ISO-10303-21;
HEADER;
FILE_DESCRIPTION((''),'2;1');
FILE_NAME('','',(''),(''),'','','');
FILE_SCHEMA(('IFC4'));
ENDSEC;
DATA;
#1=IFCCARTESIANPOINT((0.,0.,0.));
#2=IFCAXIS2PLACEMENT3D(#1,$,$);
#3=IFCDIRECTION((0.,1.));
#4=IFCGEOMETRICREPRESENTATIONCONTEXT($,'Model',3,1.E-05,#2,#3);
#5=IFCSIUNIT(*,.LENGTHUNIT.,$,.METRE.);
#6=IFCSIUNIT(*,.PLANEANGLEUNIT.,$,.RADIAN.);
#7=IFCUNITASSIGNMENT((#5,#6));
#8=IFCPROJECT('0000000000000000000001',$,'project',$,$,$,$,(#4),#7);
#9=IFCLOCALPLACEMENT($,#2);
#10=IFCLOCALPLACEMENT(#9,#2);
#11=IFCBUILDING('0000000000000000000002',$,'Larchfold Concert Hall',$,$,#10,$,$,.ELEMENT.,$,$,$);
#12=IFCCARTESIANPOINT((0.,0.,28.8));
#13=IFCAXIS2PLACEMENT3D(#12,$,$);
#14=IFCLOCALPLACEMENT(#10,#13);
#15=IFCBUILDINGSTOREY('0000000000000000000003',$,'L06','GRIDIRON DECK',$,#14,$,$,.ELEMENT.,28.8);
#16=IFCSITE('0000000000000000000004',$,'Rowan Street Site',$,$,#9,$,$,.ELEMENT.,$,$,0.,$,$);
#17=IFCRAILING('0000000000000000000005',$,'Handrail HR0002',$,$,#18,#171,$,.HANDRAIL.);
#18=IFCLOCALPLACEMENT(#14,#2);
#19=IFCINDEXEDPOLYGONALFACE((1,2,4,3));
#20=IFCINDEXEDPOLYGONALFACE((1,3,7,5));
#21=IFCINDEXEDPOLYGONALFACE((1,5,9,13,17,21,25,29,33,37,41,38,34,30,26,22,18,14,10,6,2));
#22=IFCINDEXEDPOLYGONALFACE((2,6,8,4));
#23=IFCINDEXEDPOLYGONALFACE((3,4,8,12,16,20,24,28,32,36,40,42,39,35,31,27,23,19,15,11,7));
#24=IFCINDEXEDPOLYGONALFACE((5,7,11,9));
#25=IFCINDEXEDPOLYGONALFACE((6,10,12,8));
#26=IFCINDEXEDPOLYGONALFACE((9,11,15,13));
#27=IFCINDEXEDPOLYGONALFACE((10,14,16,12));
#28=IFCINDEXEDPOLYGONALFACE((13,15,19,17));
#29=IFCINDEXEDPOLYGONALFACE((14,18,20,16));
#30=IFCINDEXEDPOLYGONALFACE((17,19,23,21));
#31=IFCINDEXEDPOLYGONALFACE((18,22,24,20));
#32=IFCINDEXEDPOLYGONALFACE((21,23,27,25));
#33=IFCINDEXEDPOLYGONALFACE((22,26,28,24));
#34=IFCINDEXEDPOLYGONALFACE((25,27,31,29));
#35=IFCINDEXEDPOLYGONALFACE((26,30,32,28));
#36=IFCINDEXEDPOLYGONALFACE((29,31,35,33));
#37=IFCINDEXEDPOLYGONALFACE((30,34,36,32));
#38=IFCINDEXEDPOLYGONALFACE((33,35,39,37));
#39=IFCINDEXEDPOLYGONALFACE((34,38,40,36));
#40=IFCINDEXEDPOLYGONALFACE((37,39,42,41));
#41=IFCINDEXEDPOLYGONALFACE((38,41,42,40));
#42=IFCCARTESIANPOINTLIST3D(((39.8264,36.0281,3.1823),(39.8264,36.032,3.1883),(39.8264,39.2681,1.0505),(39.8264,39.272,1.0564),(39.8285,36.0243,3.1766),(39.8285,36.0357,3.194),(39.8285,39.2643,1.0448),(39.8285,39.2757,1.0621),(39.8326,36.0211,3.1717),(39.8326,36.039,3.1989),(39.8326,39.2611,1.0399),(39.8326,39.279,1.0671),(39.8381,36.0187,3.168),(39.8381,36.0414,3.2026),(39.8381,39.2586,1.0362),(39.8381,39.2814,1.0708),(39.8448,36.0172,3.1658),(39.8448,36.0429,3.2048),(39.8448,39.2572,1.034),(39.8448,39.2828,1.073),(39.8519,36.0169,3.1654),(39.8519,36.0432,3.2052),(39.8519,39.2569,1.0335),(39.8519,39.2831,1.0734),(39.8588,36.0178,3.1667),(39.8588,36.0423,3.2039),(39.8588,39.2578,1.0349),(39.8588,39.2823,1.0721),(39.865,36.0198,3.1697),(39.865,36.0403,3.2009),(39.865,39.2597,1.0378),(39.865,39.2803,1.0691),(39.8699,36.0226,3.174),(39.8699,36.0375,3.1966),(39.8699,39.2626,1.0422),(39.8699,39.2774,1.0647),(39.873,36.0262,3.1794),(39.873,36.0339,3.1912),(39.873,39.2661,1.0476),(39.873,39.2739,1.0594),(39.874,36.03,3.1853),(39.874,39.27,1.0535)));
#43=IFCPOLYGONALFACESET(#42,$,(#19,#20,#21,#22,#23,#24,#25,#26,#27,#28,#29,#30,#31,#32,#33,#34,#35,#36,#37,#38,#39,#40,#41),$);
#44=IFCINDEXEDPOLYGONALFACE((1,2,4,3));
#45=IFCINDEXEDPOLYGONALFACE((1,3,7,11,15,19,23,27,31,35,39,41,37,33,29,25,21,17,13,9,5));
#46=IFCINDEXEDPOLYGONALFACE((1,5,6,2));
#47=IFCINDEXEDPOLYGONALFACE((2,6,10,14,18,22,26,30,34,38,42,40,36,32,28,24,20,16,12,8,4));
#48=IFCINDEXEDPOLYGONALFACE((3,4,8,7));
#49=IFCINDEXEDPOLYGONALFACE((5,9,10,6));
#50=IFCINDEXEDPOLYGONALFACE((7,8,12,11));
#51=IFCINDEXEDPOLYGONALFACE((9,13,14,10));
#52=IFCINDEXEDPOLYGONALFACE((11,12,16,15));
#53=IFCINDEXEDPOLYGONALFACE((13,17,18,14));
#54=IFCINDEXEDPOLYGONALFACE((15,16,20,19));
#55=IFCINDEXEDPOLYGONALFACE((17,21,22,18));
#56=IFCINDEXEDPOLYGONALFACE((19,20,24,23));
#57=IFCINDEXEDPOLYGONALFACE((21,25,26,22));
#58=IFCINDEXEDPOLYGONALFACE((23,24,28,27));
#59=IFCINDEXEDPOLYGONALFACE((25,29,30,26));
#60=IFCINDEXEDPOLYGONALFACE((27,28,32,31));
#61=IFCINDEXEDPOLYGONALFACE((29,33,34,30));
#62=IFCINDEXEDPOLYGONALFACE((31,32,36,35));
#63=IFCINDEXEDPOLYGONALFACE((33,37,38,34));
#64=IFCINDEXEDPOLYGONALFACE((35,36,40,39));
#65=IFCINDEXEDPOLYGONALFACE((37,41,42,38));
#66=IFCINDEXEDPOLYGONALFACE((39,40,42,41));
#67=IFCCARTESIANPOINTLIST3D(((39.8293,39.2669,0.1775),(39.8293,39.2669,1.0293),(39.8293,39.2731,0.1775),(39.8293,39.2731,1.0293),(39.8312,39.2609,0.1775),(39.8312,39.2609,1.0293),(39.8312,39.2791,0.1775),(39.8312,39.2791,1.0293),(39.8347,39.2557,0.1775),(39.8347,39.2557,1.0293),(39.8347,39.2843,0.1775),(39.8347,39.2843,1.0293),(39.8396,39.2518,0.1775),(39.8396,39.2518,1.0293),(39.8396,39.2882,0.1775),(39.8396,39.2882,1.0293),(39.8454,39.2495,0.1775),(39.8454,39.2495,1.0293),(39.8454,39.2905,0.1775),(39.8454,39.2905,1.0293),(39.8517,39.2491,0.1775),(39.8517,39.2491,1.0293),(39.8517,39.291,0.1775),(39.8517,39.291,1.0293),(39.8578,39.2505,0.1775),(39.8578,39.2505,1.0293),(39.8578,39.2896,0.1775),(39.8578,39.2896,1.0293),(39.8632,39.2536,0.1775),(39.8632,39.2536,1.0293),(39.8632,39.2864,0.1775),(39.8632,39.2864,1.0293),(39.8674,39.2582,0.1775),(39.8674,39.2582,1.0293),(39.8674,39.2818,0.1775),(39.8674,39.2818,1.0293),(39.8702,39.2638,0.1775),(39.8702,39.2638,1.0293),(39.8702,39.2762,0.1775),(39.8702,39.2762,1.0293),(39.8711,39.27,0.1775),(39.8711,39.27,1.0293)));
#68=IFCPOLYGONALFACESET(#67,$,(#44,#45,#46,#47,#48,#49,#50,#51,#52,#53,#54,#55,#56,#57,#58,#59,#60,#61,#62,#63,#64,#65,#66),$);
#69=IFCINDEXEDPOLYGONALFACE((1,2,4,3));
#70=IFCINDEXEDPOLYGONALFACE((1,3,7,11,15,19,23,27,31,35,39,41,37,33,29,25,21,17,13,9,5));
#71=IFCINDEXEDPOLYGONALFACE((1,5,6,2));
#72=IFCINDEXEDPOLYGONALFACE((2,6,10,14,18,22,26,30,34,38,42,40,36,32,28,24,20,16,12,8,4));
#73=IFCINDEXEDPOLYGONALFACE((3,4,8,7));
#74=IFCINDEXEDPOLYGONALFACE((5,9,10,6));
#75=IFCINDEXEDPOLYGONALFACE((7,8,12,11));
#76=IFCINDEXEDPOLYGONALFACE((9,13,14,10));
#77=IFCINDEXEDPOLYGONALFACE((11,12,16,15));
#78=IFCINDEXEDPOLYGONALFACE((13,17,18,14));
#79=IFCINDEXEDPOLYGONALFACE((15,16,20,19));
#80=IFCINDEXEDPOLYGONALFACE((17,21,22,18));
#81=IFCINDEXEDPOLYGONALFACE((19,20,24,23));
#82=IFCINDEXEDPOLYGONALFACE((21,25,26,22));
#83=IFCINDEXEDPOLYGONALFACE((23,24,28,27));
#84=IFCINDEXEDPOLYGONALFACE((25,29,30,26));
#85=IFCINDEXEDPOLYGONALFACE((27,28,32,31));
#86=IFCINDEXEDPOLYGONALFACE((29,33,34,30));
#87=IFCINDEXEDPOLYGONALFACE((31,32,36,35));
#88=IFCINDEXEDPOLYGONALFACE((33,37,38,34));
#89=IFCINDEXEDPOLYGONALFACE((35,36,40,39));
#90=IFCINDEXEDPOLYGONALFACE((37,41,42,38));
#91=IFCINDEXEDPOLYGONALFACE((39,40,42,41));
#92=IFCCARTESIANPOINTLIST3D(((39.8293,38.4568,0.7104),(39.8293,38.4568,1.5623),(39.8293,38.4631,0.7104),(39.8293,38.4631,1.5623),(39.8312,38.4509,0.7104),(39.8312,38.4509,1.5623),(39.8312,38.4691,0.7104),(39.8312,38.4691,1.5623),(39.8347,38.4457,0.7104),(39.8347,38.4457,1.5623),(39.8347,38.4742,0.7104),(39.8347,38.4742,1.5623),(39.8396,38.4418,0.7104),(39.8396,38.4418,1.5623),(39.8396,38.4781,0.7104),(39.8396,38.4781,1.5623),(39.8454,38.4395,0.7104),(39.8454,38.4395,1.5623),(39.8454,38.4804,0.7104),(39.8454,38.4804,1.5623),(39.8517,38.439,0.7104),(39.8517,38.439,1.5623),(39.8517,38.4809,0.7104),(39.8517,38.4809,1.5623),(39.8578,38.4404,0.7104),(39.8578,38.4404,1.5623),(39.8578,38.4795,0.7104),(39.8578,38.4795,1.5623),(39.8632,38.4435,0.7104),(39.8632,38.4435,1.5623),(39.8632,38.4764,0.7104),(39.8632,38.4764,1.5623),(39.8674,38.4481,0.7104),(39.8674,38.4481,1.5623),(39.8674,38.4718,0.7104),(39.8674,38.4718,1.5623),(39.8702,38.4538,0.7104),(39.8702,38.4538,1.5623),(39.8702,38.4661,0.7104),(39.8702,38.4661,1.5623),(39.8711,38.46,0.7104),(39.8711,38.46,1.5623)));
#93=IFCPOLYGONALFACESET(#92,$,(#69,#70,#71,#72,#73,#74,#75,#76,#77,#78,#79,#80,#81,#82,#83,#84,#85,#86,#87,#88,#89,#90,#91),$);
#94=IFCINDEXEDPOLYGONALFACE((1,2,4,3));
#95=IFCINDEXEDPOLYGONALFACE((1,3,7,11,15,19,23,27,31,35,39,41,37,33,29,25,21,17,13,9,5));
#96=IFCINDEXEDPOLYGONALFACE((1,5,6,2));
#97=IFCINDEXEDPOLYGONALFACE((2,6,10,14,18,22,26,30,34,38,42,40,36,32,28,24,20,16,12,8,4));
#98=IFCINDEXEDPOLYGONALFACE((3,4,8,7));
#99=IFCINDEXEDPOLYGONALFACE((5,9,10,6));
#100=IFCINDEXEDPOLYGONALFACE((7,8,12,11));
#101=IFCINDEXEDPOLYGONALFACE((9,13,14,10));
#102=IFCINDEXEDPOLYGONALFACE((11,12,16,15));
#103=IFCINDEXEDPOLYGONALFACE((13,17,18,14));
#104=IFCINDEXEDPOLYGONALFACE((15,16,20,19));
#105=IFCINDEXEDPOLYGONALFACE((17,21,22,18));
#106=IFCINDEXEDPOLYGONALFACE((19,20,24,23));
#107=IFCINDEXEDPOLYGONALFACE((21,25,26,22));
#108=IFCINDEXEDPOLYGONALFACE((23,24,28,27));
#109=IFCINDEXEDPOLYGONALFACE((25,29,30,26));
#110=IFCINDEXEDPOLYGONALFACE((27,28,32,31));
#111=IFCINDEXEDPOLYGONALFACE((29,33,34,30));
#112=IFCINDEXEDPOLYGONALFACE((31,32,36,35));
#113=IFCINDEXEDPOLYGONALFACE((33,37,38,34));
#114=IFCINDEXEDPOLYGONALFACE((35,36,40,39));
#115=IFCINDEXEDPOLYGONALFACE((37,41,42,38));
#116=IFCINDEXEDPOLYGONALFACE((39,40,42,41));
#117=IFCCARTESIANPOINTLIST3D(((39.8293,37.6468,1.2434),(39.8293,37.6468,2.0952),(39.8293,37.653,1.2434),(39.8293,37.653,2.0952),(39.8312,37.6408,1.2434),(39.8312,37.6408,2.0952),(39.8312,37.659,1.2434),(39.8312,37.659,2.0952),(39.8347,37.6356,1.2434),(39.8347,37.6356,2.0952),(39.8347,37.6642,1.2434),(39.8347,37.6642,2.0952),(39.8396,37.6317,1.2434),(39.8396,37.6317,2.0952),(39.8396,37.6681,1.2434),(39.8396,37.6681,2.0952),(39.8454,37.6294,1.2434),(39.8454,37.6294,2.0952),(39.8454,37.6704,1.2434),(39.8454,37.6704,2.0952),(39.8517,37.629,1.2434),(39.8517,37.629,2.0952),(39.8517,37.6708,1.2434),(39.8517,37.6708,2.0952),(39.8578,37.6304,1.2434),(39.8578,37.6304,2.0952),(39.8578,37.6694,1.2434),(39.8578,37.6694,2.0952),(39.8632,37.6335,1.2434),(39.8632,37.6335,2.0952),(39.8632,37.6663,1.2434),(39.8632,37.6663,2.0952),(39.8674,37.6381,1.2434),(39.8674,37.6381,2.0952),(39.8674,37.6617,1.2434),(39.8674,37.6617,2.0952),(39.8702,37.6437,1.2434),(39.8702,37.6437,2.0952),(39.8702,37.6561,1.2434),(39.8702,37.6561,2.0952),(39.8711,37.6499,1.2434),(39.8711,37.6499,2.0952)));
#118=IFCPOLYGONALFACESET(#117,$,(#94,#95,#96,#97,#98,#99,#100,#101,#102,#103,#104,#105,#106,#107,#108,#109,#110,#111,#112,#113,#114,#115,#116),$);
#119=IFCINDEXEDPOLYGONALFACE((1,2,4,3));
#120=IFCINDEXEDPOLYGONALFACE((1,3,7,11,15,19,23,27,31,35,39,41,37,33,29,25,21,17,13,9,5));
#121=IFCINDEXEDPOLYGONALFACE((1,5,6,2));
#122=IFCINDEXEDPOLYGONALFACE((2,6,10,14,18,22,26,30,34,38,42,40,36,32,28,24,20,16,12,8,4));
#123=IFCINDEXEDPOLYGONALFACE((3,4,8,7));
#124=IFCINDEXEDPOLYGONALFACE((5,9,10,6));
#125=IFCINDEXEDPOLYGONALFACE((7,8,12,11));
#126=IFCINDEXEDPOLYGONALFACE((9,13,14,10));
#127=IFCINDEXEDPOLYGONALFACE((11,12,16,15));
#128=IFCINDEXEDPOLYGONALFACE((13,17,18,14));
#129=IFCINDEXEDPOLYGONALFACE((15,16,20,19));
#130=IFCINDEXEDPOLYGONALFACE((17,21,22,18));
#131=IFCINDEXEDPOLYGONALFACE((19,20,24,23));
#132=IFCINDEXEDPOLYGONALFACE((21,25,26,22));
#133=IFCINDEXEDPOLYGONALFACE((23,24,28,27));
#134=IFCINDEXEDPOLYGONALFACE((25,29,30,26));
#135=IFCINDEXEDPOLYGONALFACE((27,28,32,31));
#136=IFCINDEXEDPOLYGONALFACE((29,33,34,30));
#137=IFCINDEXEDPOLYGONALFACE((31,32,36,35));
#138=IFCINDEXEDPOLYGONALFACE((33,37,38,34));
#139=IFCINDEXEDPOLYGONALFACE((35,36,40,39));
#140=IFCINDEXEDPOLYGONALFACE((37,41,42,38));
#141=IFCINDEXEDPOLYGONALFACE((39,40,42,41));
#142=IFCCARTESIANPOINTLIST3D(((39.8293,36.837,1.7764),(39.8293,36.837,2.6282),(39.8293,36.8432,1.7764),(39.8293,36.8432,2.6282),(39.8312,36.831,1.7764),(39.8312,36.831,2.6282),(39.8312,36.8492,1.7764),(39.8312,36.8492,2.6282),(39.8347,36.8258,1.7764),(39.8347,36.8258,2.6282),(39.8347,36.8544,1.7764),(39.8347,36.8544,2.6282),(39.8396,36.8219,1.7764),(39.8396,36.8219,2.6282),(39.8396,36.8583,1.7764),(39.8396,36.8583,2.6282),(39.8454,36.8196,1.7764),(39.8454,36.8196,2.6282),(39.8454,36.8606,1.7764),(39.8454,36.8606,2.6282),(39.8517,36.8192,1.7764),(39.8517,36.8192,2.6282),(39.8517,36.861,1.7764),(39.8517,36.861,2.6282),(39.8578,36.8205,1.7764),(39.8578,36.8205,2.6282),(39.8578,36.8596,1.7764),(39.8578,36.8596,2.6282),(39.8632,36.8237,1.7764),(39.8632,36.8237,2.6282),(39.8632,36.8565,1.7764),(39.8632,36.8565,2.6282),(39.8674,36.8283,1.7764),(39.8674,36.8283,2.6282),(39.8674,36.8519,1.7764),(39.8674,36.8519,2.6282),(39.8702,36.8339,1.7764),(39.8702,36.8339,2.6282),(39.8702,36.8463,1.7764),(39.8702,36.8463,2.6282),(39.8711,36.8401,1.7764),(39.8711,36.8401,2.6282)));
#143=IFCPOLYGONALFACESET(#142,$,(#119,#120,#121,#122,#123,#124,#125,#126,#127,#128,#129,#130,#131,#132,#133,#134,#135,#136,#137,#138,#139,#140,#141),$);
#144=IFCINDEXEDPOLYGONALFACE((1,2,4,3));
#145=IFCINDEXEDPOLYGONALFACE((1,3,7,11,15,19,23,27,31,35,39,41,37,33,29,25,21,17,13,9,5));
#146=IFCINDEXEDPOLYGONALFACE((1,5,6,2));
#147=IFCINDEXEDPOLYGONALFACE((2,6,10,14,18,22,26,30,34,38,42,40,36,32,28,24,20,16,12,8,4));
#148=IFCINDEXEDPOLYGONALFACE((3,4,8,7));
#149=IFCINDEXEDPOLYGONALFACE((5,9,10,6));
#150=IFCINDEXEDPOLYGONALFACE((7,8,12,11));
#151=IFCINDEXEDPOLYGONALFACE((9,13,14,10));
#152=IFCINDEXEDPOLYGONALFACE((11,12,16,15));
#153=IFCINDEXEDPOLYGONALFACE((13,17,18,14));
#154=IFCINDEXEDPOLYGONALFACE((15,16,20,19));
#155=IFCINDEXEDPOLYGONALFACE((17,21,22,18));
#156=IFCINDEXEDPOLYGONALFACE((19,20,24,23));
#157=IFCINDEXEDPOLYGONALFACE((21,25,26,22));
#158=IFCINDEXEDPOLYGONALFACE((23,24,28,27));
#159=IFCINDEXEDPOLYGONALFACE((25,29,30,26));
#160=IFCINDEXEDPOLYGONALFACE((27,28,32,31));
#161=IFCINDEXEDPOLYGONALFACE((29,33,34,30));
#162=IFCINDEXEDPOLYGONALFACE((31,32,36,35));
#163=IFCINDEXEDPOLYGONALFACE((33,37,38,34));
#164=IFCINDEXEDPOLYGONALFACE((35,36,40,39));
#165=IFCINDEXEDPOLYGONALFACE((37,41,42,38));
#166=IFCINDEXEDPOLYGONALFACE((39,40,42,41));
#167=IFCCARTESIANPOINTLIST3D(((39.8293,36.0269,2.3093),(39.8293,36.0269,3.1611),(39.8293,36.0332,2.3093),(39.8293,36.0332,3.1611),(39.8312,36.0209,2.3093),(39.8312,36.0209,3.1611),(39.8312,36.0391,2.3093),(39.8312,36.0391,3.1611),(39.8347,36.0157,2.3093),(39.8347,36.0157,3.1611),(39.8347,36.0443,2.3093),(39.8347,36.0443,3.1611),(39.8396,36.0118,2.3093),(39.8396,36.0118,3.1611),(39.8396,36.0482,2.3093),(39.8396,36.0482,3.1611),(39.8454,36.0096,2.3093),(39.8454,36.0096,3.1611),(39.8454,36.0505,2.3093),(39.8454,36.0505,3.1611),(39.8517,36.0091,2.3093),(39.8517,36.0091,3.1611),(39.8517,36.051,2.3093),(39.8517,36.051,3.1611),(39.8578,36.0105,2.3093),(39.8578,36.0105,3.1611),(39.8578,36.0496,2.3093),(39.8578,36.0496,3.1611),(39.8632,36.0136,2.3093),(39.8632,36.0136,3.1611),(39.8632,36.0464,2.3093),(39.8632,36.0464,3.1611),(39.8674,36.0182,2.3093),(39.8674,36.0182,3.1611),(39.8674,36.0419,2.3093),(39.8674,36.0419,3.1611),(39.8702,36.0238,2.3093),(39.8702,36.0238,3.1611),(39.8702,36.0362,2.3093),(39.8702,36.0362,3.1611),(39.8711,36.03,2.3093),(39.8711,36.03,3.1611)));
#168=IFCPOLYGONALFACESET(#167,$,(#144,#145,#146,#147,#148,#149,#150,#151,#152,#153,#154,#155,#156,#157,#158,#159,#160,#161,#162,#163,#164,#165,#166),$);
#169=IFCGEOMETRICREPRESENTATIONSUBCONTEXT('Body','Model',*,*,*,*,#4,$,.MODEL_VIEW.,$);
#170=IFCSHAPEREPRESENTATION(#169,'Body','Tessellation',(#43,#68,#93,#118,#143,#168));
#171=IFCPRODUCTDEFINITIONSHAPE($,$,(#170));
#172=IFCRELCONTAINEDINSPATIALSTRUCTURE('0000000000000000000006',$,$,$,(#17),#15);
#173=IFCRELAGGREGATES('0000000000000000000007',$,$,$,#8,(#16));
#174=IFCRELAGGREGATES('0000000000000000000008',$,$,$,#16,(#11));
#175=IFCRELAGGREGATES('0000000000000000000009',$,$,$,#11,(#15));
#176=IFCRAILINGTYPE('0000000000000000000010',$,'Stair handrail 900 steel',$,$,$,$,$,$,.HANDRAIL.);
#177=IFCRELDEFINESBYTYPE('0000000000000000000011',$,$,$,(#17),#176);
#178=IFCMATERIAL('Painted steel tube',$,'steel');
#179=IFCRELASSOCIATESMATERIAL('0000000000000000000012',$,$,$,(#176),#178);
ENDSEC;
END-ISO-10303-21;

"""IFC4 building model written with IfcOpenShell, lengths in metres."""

from ifc_helpers import new_model, si_unit, direction, frame, origin, origin_2d, place, context, subcontext, project, spatial, circle, extrude, material, type_object, element, save


model = new_model("IFC4")

# Units and contexts
model_context = context("Model", 3, precision=1e-05, world=origin(), true_north=direction((0.0, 1.0)))
body_context = subcontext(model_context, "Body", "Model", "MODEL_VIEW")
ifc_project = project(units=[si_unit("LENGTHUNIT", "METRE"), si_unit("PLANEANGLEUNIT", "RADIAN")], contexts=[model_context])

# Site, building, storey
site_placement = place(None, origin())
site = spatial("IfcSite", under=ifc_project, at=site_placement, Name="Rowan Street Site", CompositionType="ELEMENT", RefElevation=0.0)
building_placement = place(site_placement, origin())
building = spatial("IfcBuilding", under=site, at=building_placement, Name="Larchfold Concert Hall", CompositionType="ELEMENT")
storey_placement = place(building_placement, frame((0.0, 0.0, 28.8)))
storey = spatial("IfcBuildingStorey", under=building, at=storey_placement, Name="L06", Description="GRIDIRON DECK", CompositionType="ELEMENT", Elevation=28.8)

# Railing
ifc_material_1 = material(Name="Painted steel tube", Category="steel")
railing_type_1 = type_object("IfcRailingType", Name="Stair handrail 900 steel", PredefinedType="HANDRAIL", material=ifc_material_1)
for number, where, name in (
    (1, (39.8501, 39.27, 0.1775), "Handrail HR0002"),
):
    element("IfcRailing", number, at=place(storey_placement, frame(where)), inside=storey, type_object=railing_type_1, Name=name, PredefinedType="HANDRAIL", context=body_context, shape_type="SweptSolid", body=[
        extrude(circle(Radius=0.0239, at=origin_2d()), frame((0.0, 0.0, 0.876), z_axis=(0.0, -0.835386, 0.549664), x_axis=(1.0, 0.0, 0.0)), (0.0, 0.0, 1.0), 3.8784),
        extrude(circle(Radius=0.021, at=origin_2d()), origin(), (0.0, 0.0, 1.0), 0.8518),
        extrude(circle(Radius=0.021, at=origin_2d()), frame((0.0, -0.8101, 0.533)), (0.0, 0.0, 1.0), 0.8518),
        extrude(circle(Radius=0.021, at=origin_2d()), frame((0.0, -1.6201, 1.0659)), (0.0, 0.0, 1.0), 0.8518),
        extrude(circle(Radius=0.021, at=origin_2d()), frame((0.0, -2.4299, 1.5989)), (0.0, 0.0, 1.0), 0.8518),
        extrude(circle(Radius=0.021, at=origin_2d()), frame((0.0, -3.24, 2.1318)), (0.0, 0.0, 1.0), 0.8518),
    ])

save(model, "model.ifc")
